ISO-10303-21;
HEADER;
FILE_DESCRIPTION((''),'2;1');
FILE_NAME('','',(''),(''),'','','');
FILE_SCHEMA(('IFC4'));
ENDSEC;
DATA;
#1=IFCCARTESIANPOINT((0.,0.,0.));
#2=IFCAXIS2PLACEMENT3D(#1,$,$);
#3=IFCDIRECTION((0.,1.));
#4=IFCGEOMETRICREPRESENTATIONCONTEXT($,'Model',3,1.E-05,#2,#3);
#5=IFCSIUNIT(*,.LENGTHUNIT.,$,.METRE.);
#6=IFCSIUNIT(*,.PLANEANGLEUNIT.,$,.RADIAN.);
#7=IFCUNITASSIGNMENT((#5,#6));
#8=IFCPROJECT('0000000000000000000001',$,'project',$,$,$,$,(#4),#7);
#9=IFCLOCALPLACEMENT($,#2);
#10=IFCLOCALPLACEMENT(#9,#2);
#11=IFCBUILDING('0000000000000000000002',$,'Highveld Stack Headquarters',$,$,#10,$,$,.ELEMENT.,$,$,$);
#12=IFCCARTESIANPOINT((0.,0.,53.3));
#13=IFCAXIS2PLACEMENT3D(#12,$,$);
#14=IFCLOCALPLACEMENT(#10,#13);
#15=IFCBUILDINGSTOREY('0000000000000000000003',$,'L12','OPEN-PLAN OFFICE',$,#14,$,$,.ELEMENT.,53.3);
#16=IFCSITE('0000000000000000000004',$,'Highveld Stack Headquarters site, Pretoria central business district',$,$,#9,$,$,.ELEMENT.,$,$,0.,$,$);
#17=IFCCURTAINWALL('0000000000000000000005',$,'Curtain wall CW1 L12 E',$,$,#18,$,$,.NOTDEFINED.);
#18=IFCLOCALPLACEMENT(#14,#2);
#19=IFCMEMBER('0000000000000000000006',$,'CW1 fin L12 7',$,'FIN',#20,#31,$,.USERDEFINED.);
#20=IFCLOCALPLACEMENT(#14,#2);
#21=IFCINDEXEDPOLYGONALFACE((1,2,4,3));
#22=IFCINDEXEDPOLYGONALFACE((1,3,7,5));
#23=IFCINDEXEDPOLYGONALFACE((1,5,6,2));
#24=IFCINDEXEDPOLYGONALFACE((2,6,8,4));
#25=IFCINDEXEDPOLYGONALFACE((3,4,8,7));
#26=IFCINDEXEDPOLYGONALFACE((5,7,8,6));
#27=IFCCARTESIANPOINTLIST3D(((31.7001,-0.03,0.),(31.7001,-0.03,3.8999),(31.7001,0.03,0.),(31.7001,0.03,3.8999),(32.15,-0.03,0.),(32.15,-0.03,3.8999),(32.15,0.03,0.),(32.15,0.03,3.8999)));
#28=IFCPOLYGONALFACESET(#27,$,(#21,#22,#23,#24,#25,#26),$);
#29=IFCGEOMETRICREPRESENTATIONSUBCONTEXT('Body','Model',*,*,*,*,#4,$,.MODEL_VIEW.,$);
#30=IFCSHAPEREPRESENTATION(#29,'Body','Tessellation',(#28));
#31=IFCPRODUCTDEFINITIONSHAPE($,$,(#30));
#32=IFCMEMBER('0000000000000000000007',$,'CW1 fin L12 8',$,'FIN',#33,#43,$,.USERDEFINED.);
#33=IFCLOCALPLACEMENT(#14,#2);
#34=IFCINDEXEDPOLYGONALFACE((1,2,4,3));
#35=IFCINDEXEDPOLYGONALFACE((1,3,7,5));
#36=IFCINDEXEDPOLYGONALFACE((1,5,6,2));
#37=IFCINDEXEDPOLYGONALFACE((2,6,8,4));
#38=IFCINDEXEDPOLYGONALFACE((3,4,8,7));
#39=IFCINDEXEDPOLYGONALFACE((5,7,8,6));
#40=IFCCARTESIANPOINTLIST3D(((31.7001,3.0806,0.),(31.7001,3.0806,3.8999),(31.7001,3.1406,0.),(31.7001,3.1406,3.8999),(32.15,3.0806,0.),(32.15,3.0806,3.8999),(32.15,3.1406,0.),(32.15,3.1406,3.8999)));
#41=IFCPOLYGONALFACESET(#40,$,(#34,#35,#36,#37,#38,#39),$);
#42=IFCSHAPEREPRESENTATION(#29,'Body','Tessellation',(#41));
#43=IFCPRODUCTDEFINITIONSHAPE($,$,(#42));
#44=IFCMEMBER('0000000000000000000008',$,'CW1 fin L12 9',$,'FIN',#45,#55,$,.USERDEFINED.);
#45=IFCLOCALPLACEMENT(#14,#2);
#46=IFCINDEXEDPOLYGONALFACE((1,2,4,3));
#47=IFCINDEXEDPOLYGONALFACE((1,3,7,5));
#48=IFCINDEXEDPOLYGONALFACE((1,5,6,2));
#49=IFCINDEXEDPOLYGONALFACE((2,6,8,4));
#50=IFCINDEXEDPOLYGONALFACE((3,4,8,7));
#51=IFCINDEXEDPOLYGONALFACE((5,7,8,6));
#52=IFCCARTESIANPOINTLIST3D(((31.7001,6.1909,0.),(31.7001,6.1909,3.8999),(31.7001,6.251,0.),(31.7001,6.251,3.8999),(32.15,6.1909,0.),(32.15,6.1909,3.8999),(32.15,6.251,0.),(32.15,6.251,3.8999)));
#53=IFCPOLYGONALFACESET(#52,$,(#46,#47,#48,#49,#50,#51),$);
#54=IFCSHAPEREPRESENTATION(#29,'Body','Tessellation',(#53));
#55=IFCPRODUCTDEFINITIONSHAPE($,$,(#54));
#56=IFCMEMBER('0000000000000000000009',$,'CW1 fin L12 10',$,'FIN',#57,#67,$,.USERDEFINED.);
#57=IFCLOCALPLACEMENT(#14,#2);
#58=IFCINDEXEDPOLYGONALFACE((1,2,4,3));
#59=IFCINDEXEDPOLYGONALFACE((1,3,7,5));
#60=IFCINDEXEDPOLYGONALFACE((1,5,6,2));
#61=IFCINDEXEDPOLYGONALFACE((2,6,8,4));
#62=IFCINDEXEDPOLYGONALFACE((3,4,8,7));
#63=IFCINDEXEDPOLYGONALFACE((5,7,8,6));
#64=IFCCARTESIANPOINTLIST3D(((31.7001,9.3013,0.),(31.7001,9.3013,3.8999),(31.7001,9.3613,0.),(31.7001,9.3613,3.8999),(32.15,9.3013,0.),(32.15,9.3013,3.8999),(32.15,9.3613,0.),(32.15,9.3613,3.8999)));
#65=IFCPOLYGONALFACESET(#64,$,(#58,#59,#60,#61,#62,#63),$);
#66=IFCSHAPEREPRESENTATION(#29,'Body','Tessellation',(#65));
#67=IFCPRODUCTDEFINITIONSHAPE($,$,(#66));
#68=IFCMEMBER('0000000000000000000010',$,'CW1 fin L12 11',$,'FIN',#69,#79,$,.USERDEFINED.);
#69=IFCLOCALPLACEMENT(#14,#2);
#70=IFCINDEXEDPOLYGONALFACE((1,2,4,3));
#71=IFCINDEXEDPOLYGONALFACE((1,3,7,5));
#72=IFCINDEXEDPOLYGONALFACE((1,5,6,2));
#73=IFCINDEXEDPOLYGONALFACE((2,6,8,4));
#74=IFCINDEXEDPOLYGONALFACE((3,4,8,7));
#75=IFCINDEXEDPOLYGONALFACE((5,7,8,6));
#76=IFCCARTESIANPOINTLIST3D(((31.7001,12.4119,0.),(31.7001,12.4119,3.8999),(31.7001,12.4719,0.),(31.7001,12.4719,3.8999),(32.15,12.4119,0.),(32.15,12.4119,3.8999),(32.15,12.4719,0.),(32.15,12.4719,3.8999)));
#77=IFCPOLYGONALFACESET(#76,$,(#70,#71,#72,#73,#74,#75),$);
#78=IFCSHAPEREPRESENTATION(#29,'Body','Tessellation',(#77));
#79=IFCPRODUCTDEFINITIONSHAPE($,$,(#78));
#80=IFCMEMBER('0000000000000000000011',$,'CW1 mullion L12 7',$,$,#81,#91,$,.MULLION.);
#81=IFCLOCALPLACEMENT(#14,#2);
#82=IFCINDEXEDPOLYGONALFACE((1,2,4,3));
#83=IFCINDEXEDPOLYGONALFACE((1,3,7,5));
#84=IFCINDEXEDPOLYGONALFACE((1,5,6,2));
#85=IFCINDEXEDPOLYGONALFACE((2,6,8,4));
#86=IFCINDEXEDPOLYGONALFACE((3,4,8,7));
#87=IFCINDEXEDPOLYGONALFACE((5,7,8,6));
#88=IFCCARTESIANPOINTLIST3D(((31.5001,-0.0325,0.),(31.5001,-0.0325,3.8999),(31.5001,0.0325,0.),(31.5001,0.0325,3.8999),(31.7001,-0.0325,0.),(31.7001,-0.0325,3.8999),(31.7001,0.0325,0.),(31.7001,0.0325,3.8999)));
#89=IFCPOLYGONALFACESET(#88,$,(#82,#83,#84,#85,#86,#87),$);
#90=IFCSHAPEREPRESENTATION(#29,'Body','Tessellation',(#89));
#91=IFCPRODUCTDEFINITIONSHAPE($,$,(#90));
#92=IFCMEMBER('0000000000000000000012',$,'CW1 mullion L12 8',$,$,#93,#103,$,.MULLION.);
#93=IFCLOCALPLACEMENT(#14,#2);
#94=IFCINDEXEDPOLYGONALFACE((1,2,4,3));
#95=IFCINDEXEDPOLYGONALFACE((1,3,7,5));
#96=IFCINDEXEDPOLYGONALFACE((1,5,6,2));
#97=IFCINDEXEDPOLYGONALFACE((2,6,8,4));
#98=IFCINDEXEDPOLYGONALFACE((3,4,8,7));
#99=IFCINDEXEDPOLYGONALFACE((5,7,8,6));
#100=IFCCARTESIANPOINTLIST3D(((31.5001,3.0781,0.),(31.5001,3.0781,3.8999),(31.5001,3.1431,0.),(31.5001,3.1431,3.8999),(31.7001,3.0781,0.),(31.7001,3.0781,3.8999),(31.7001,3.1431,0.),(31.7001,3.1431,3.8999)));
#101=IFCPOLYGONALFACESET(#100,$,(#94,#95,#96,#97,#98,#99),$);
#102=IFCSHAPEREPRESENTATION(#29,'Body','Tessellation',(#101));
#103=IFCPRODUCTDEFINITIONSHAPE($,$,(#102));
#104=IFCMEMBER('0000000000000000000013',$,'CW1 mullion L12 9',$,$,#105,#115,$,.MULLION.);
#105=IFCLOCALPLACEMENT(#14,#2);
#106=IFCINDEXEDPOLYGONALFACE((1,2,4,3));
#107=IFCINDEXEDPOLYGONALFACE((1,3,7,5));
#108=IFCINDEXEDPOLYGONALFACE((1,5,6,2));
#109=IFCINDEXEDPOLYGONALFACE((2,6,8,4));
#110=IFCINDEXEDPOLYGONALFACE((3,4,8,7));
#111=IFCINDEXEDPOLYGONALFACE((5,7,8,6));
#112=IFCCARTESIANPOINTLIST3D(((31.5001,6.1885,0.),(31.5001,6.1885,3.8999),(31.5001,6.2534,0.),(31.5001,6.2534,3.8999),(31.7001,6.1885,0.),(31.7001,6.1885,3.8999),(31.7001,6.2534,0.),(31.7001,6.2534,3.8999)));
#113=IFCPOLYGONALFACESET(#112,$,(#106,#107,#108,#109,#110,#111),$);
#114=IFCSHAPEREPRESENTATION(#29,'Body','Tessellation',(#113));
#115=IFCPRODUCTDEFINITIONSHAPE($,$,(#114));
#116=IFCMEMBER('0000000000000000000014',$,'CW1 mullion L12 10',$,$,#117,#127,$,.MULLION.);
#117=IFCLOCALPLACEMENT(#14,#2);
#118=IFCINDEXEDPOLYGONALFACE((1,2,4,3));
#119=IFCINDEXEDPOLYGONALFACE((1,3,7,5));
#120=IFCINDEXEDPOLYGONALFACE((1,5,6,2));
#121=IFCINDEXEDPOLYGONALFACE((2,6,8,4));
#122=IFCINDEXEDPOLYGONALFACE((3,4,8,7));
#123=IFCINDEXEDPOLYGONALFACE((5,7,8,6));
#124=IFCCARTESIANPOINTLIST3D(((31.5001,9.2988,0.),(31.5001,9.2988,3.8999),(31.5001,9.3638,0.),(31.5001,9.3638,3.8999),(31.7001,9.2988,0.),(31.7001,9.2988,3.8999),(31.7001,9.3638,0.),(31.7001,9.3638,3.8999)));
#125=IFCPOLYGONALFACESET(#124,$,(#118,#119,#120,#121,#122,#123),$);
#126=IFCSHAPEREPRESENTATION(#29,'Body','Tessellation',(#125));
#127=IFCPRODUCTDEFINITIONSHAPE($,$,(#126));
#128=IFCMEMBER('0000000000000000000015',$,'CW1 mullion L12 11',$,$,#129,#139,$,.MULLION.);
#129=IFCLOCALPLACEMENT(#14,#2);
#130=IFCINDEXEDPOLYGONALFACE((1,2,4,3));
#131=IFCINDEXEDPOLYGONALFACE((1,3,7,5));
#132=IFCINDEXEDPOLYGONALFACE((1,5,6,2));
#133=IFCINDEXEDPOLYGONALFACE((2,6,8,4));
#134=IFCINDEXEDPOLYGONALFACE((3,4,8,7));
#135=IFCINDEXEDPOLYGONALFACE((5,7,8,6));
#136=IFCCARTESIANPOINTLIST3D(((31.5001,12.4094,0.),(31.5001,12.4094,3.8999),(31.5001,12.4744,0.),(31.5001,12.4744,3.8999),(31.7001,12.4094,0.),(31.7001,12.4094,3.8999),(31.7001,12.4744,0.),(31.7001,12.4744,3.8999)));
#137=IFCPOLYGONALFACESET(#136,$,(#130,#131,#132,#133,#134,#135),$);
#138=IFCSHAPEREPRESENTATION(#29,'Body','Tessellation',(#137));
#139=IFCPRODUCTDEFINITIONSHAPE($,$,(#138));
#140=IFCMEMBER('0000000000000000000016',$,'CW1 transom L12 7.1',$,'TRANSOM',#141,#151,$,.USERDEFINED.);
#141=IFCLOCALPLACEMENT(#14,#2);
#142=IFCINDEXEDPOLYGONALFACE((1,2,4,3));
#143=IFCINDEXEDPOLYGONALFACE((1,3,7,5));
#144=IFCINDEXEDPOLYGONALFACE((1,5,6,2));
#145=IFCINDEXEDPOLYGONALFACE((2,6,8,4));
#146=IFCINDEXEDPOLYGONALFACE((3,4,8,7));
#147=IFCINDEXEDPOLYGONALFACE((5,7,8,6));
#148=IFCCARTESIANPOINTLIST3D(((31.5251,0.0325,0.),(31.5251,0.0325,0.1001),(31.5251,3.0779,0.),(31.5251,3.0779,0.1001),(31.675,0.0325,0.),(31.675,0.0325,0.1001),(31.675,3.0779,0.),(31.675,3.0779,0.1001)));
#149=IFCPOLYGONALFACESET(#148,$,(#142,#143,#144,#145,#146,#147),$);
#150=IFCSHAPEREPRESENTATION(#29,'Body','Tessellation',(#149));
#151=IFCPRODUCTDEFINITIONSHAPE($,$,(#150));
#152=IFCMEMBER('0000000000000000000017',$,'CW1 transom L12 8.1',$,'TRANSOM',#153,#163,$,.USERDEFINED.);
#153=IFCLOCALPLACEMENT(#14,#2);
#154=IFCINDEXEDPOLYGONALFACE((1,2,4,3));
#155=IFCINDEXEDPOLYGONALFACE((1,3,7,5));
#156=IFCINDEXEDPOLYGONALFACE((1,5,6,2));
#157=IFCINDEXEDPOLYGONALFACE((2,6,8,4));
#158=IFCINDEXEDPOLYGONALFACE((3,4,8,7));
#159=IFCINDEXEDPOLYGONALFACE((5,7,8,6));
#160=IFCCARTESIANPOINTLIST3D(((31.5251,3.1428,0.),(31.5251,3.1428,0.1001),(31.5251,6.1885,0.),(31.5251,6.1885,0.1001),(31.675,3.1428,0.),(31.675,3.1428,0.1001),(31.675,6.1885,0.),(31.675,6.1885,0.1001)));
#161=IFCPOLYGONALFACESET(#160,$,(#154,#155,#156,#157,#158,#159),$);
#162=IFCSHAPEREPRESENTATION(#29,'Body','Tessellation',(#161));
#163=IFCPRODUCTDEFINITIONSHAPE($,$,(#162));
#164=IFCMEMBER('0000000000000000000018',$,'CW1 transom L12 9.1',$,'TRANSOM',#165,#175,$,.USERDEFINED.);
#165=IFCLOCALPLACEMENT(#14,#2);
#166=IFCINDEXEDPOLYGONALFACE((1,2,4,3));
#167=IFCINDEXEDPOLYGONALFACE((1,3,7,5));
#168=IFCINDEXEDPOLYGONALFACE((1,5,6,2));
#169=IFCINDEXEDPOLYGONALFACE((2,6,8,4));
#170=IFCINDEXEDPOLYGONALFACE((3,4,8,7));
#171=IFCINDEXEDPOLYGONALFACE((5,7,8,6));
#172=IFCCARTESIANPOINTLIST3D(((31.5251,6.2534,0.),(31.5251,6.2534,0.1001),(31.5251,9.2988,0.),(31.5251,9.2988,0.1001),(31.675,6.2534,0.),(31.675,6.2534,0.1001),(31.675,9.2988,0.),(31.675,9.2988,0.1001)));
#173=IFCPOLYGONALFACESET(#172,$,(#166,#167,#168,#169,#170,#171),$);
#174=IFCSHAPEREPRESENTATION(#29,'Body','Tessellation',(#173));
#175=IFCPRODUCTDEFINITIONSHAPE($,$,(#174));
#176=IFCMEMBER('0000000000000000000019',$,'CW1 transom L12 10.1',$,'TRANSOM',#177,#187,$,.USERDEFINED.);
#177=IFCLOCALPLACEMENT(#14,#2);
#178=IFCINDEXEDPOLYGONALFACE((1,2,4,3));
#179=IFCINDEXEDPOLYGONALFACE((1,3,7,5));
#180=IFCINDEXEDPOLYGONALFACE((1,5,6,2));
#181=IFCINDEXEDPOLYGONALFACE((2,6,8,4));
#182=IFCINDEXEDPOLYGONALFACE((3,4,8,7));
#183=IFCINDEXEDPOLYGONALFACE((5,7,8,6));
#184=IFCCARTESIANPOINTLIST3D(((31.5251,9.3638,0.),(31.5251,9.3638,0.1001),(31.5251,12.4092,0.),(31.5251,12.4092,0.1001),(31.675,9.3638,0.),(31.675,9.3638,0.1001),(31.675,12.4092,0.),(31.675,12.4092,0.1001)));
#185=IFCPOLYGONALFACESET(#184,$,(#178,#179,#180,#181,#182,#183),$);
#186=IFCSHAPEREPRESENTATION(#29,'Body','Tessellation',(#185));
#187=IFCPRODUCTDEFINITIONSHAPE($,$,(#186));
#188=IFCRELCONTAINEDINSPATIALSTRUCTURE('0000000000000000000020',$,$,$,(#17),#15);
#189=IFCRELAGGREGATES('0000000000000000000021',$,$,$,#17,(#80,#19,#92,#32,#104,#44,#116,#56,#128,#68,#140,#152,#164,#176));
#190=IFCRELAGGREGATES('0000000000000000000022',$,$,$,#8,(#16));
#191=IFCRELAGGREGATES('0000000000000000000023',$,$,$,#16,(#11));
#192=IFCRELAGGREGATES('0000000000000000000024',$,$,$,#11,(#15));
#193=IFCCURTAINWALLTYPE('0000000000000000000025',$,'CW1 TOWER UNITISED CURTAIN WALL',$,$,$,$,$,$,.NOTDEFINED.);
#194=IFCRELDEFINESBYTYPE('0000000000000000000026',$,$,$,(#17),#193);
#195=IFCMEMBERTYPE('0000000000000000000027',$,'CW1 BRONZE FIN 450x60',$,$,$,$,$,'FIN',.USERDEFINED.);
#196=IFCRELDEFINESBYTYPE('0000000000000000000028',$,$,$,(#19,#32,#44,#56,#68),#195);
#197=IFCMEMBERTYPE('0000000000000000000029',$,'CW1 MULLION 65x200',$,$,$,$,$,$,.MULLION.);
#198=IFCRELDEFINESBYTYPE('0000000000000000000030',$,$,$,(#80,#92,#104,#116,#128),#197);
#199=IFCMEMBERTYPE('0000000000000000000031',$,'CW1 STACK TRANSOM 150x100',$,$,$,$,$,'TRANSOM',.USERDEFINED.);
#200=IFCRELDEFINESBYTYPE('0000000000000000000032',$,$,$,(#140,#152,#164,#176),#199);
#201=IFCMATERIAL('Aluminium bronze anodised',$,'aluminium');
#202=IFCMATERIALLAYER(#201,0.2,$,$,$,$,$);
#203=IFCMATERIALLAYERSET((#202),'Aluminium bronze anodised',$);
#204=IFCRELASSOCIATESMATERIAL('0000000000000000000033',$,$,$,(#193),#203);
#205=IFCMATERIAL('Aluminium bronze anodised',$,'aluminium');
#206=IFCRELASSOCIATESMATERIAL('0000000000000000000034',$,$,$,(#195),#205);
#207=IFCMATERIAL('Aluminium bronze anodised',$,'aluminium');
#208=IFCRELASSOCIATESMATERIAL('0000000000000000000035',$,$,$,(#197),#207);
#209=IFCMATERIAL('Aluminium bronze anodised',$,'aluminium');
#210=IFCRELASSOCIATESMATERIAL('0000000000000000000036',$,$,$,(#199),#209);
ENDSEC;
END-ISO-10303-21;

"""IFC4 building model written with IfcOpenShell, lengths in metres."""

from ifc_helpers import new_model, si_unit, direction, frame, origin, origin_2d, place, context, subcontext, project, spatial, rectangle, extrude, material, layer, layer_set, material_profile, profile_set, type_object, element, aggregate, save


model = new_model("IFC4")

# Units and contexts
model_context = context("Model", 3, precision=1e-05, world=origin(), true_north=direction((0.0, 1.0)))
body_context = subcontext(model_context, "Body", "Model", "MODEL_VIEW")
ifc_project = project(units=[si_unit("LENGTHUNIT", "METRE"), si_unit("PLANEANGLEUNIT", "RADIAN")], contexts=[model_context])

# Site, building, storey
site_placement = place(None, origin())
site = spatial("IfcSite", under=ifc_project, at=site_placement, Name="Highveld Stack Headquarters site, Pretoria central business district", CompositionType="ELEMENT", RefElevation=0.0)
building_placement = place(site_placement, origin())
building = spatial("IfcBuilding", under=site, at=building_placement, Name="Highveld Stack Headquarters", CompositionType="ELEMENT")
storey_placement = place(building_placement, frame((0.0, 0.0, 53.3)))
storey = spatial("IfcBuildingStorey", under=building, at=storey_placement, Name="L12", Description="OPEN-PLAN OFFICE", CompositionType="ELEMENT", Elevation=53.3)

# Curtain wall, members
ifc_material_1 = material(Name="Aluminium bronze anodised", Category="aluminium")
ifc_layer_1 = layer(ifc_material_1, 0.2)
ifc_layer_set_1 = layer_set([ifc_layer_1], Name="Aluminium bronze anodised")
curtain_wall_type = type_object("IfcCurtainWallType", Name="CW1 TOWER UNITISED CURTAIN WALL", PredefinedType="NOTDEFINED", material=ifc_layer_set_1)
curtain_wall_placement = place(storey_placement, origin())
curtain_wall = element("IfcCurtainWall", 1, at=curtain_wall_placement, inside=storey, type_object=curtain_wall_type, Name="Curtain wall CW1 L12 E", PredefinedType="NOTDEFINED")
ifc_material_2 = material(Name="Aluminium bronze anodised", Category="aluminium")
ifc_material_profile_1 = material_profile(ifc_material_2, rectangle(XDim=0.45, YDim=0.0601, at=origin_2d()), Name="FIN 450x60")
ifc_profile_set_1 = profile_set([ifc_material_profile_1], Name="Aluminium bronze anodised")
member_type_1 = type_object("IfcMemberType", Name="CW1 BRONZE FIN 450x60", ElementType="FIN", PredefinedType="USERDEFINED", material=ifc_profile_set_1)
member_1_placement = place(storey_placement, frame((31.925, 0.0, 0.0), z_axis=(0.0, 0.0, 1.0), x_axis=(-1.0, 0.0, 0.0)))
member_1 = element("IfcMember", 2, at=member_1_placement, type_object=member_type_1, Name="CW1 fin L12 7", ObjectType="FIN", PredefinedType="USERDEFINED", context=body_context, shape_type="SweptSolid", body=[
    extrude(rectangle(XDim=0.45, YDim=0.0601, at=origin_2d()), origin(), (0.0, 0.0, 1.0), 3.8999),
])
member_2_placement = place(storey_placement, frame((31.925, 3.1106, 0.0), z_axis=(0.0, 0.0, 1.0), x_axis=(-1.0, 0.0, 0.0)))
member_2 = element("IfcMember", 3, at=member_2_placement, type_object=member_type_1, Name="CW1 fin L12 8", ObjectType="FIN", PredefinedType="USERDEFINED", context=body_context, shape_type="SweptSolid", body=[
    extrude(rectangle(XDim=0.45, YDim=0.0601, at=origin_2d()), origin(), (0.0, 0.0, 1.0), 3.8999),
])
member_3_placement = place(storey_placement, frame((31.925, 6.2209, 0.0), z_axis=(0.0, 0.0, 1.0), x_axis=(-1.0, 0.0, 0.0)))
member_3 = element("IfcMember", 4, at=member_3_placement, type_object=member_type_1, Name="CW1 fin L12 9", ObjectType="FIN", PredefinedType="USERDEFINED", context=body_context, shape_type="SweptSolid", body=[
    extrude(rectangle(XDim=0.45, YDim=0.0601, at=origin_2d()), origin(), (0.0, 0.0, 1.0), 3.8999),
])
member_4_placement = place(storey_placement, frame((31.925, 9.3313, 0.0), z_axis=(0.0, 0.0, 1.0), x_axis=(-1.0, 0.0, 0.0)))
member_4 = element("IfcMember", 5, at=member_4_placement, type_object=member_type_1, Name="CW1 fin L12 10", ObjectType="FIN", PredefinedType="USERDEFINED", context=body_context, shape_type="SweptSolid", body=[
    extrude(rectangle(XDim=0.45, YDim=0.0601, at=origin_2d()), origin(), (0.0, 0.0, 1.0), 3.8999),
])
member_5_placement = place(storey_placement, frame((31.925, 12.4419, 0.0), z_axis=(0.0, 0.0, 1.0), x_axis=(-1.0, 0.0, 0.0)))
member_5 = element("IfcMember", 6, at=member_5_placement, type_object=member_type_1, Name="CW1 fin L12 11", ObjectType="FIN", PredefinedType="USERDEFINED", context=body_context, shape_type="SweptSolid", body=[
    extrude(rectangle(XDim=0.45, YDim=0.0601, at=origin_2d()), origin(), (0.0, 0.0, 1.0), 3.8999),
])
ifc_material_3 = material(Name="Aluminium bronze anodised", Category="aluminium")
ifc_material_profile_2 = material_profile(ifc_material_3, rectangle(XDim=0.2, YDim=0.0649, at=origin_2d()), Name="CW1 MULLION 65x200")
ifc_profile_set_2 = profile_set([ifc_material_profile_2], Name="Aluminium bronze anodised")
member_type_2 = type_object("IfcMemberType", Name="CW1 MULLION 65x200", PredefinedType="MULLION", material=ifc_profile_set_2)
member_6_placement = place(storey_placement, frame((31.6001, 0.0, 0.0), z_axis=(0.0, 0.0, 1.0), x_axis=(-1.0, 0.0, 0.0)))
member_6 = element("IfcMember", 7, at=member_6_placement, type_object=member_type_2, Name="CW1 mullion L12 7", PredefinedType="MULLION", context=body_context, shape_type="SweptSolid", body=[
    extrude(rectangle(XDim=0.2, YDim=0.0649, at=origin_2d()), origin(), (0.0, 0.0, 1.0), 3.8999),
])
member_7_placement = place(storey_placement, frame((31.6001, 3.1106, 0.0), z_axis=(0.0, 0.0, 1.0), x_axis=(-1.0, 0.0, 0.0)))
member_7 = element("IfcMember", 8, at=member_7_placement, type_object=member_type_2, Name="CW1 mullion L12 8", PredefinedType="MULLION", context=body_context, shape_type="SweptSolid", body=[
    extrude(rectangle(XDim=0.2, YDim=0.0649, at=origin_2d()), origin(), (0.0, 0.0, 1.0), 3.8999),
])
member_8_placement = place(storey_placement, frame((31.6001, 6.2209, 0.0), z_axis=(0.0, 0.0, 1.0), x_axis=(-1.0, 0.0, 0.0)))
member_8 = element("IfcMember", 9, at=member_8_placement, type_object=member_type_2, Name="CW1 mullion L12 9", PredefinedType="MULLION", context=body_context, shape_type="SweptSolid", body=[
    extrude(rectangle(XDim=0.2, YDim=0.0649, at=origin_2d()), origin(), (0.0, 0.0, 1.0), 3.8999),
])
member_9_placement = place(storey_placement, frame((31.6001, 9.3313, 0.0), z_axis=(0.0, 0.0, 1.0), x_axis=(-1.0, 0.0, 0.0)))
member_9 = element("IfcMember", 10, at=member_9_placement, type_object=member_type_2, Name="CW1 mullion L12 10", PredefinedType="MULLION", context=body_context, shape_type="SweptSolid", body=[
    extrude(rectangle(XDim=0.2, YDim=0.0649, at=origin_2d()), origin(), (0.0, 0.0, 1.0), 3.8999),
])
member_10_placement = place(storey_placement, frame((31.6001, 12.4419, 0.0), z_axis=(0.0, 0.0, 1.0), x_axis=(-1.0, 0.0, 0.0)))
member_10 = element("IfcMember", 11, at=member_10_placement, type_object=member_type_2, Name="CW1 mullion L12 11", PredefinedType="MULLION", context=body_context, shape_type="SweptSolid", body=[
    extrude(rectangle(XDim=0.2, YDim=0.0649, at=origin_2d()), origin(), (0.0, 0.0, 1.0), 3.8999),
])
ifc_material_4 = material(Name="Aluminium bronze anodised", Category="aluminium")
ifc_material_profile_3 = material_profile(ifc_material_4, rectangle(XDim=0.1499, YDim=0.1001, at=origin_2d()), Name="CW1 TRANSOM 150x100")
ifc_profile_set_3 = profile_set([ifc_material_profile_3], Name="Aluminium bronze anodised")
member_type_3 = type_object("IfcMemberType", Name="CW1 STACK TRANSOM 150x100", ElementType="TRANSOM", PredefinedType="USERDEFINED", material=ifc_profile_set_3)
member_11_placement = place(storey_placement, frame((31.6001, 0.0325, 0.05), z_axis=(0.0, 1.0, 0.0), x_axis=(-1.0, 0.0, 0.0)))
member_11 = element("IfcMember", 12, at=member_11_placement, type_object=member_type_3, Name="CW1 transom L12 7.1", ObjectType="TRANSOM", PredefinedType="USERDEFINED", context=body_context, shape_type="SweptSolid", body=[
    extrude(rectangle(XDim=0.1499, YDim=0.1001, at=origin_2d()), origin(), (0.0, 0.0, 1.0), 3.0454),
])
member_12_placement = place(storey_placement, frame((31.6001, 3.1428, 0.05), z_axis=(0.0, 1.0, 0.0), x_axis=(-1.0, 0.0, 0.0)))
member_12 = element("IfcMember", 13, at=member_12_placement, type_object=member_type_3, Name="CW1 transom L12 8.1", ObjectType="TRANSOM", PredefinedType="USERDEFINED", context=body_context, shape_type="SweptSolid", body=[
    extrude(rectangle(XDim=0.1499, YDim=0.1001, at=origin_2d()), origin(), (0.0, 0.0, 1.0), 3.0457),
])
member_13_placement = place(storey_placement, frame((31.6001, 6.2534, 0.05), z_axis=(0.0, 1.0, 0.0), x_axis=(-1.0, 0.0, 0.0)))
member_13 = element("IfcMember", 14, at=member_13_placement, type_object=member_type_3, Name="CW1 transom L12 9.1", ObjectType="TRANSOM", PredefinedType="USERDEFINED", context=body_context, shape_type="SweptSolid", body=[
    extrude(rectangle(XDim=0.1499, YDim=0.1001, at=origin_2d()), origin(), (0.0, 0.0, 1.0), 3.0454),
])
member_14_placement = place(storey_placement, frame((31.6001, 9.3638, 0.05), z_axis=(0.0, 1.0, 0.0), x_axis=(-1.0, 0.0, 0.0)))
member_14 = element("IfcMember", 15, at=member_14_placement, type_object=member_type_3, Name="CW1 transom L12 10.1", ObjectType="TRANSOM", PredefinedType="USERDEFINED", context=body_context, shape_type="SweptSolid", body=[
    extrude(rectangle(XDim=0.1499, YDim=0.1001, at=origin_2d()), origin(), (0.0, 0.0, 1.0), 3.0454),
])

aggregate(curtain_wall, [member_6, member_1, member_7, member_2, member_8, member_3, member_9, member_4, member_10, member_5, member_11, member_12, member_13, member_14])

save(model, "model.ifc")
